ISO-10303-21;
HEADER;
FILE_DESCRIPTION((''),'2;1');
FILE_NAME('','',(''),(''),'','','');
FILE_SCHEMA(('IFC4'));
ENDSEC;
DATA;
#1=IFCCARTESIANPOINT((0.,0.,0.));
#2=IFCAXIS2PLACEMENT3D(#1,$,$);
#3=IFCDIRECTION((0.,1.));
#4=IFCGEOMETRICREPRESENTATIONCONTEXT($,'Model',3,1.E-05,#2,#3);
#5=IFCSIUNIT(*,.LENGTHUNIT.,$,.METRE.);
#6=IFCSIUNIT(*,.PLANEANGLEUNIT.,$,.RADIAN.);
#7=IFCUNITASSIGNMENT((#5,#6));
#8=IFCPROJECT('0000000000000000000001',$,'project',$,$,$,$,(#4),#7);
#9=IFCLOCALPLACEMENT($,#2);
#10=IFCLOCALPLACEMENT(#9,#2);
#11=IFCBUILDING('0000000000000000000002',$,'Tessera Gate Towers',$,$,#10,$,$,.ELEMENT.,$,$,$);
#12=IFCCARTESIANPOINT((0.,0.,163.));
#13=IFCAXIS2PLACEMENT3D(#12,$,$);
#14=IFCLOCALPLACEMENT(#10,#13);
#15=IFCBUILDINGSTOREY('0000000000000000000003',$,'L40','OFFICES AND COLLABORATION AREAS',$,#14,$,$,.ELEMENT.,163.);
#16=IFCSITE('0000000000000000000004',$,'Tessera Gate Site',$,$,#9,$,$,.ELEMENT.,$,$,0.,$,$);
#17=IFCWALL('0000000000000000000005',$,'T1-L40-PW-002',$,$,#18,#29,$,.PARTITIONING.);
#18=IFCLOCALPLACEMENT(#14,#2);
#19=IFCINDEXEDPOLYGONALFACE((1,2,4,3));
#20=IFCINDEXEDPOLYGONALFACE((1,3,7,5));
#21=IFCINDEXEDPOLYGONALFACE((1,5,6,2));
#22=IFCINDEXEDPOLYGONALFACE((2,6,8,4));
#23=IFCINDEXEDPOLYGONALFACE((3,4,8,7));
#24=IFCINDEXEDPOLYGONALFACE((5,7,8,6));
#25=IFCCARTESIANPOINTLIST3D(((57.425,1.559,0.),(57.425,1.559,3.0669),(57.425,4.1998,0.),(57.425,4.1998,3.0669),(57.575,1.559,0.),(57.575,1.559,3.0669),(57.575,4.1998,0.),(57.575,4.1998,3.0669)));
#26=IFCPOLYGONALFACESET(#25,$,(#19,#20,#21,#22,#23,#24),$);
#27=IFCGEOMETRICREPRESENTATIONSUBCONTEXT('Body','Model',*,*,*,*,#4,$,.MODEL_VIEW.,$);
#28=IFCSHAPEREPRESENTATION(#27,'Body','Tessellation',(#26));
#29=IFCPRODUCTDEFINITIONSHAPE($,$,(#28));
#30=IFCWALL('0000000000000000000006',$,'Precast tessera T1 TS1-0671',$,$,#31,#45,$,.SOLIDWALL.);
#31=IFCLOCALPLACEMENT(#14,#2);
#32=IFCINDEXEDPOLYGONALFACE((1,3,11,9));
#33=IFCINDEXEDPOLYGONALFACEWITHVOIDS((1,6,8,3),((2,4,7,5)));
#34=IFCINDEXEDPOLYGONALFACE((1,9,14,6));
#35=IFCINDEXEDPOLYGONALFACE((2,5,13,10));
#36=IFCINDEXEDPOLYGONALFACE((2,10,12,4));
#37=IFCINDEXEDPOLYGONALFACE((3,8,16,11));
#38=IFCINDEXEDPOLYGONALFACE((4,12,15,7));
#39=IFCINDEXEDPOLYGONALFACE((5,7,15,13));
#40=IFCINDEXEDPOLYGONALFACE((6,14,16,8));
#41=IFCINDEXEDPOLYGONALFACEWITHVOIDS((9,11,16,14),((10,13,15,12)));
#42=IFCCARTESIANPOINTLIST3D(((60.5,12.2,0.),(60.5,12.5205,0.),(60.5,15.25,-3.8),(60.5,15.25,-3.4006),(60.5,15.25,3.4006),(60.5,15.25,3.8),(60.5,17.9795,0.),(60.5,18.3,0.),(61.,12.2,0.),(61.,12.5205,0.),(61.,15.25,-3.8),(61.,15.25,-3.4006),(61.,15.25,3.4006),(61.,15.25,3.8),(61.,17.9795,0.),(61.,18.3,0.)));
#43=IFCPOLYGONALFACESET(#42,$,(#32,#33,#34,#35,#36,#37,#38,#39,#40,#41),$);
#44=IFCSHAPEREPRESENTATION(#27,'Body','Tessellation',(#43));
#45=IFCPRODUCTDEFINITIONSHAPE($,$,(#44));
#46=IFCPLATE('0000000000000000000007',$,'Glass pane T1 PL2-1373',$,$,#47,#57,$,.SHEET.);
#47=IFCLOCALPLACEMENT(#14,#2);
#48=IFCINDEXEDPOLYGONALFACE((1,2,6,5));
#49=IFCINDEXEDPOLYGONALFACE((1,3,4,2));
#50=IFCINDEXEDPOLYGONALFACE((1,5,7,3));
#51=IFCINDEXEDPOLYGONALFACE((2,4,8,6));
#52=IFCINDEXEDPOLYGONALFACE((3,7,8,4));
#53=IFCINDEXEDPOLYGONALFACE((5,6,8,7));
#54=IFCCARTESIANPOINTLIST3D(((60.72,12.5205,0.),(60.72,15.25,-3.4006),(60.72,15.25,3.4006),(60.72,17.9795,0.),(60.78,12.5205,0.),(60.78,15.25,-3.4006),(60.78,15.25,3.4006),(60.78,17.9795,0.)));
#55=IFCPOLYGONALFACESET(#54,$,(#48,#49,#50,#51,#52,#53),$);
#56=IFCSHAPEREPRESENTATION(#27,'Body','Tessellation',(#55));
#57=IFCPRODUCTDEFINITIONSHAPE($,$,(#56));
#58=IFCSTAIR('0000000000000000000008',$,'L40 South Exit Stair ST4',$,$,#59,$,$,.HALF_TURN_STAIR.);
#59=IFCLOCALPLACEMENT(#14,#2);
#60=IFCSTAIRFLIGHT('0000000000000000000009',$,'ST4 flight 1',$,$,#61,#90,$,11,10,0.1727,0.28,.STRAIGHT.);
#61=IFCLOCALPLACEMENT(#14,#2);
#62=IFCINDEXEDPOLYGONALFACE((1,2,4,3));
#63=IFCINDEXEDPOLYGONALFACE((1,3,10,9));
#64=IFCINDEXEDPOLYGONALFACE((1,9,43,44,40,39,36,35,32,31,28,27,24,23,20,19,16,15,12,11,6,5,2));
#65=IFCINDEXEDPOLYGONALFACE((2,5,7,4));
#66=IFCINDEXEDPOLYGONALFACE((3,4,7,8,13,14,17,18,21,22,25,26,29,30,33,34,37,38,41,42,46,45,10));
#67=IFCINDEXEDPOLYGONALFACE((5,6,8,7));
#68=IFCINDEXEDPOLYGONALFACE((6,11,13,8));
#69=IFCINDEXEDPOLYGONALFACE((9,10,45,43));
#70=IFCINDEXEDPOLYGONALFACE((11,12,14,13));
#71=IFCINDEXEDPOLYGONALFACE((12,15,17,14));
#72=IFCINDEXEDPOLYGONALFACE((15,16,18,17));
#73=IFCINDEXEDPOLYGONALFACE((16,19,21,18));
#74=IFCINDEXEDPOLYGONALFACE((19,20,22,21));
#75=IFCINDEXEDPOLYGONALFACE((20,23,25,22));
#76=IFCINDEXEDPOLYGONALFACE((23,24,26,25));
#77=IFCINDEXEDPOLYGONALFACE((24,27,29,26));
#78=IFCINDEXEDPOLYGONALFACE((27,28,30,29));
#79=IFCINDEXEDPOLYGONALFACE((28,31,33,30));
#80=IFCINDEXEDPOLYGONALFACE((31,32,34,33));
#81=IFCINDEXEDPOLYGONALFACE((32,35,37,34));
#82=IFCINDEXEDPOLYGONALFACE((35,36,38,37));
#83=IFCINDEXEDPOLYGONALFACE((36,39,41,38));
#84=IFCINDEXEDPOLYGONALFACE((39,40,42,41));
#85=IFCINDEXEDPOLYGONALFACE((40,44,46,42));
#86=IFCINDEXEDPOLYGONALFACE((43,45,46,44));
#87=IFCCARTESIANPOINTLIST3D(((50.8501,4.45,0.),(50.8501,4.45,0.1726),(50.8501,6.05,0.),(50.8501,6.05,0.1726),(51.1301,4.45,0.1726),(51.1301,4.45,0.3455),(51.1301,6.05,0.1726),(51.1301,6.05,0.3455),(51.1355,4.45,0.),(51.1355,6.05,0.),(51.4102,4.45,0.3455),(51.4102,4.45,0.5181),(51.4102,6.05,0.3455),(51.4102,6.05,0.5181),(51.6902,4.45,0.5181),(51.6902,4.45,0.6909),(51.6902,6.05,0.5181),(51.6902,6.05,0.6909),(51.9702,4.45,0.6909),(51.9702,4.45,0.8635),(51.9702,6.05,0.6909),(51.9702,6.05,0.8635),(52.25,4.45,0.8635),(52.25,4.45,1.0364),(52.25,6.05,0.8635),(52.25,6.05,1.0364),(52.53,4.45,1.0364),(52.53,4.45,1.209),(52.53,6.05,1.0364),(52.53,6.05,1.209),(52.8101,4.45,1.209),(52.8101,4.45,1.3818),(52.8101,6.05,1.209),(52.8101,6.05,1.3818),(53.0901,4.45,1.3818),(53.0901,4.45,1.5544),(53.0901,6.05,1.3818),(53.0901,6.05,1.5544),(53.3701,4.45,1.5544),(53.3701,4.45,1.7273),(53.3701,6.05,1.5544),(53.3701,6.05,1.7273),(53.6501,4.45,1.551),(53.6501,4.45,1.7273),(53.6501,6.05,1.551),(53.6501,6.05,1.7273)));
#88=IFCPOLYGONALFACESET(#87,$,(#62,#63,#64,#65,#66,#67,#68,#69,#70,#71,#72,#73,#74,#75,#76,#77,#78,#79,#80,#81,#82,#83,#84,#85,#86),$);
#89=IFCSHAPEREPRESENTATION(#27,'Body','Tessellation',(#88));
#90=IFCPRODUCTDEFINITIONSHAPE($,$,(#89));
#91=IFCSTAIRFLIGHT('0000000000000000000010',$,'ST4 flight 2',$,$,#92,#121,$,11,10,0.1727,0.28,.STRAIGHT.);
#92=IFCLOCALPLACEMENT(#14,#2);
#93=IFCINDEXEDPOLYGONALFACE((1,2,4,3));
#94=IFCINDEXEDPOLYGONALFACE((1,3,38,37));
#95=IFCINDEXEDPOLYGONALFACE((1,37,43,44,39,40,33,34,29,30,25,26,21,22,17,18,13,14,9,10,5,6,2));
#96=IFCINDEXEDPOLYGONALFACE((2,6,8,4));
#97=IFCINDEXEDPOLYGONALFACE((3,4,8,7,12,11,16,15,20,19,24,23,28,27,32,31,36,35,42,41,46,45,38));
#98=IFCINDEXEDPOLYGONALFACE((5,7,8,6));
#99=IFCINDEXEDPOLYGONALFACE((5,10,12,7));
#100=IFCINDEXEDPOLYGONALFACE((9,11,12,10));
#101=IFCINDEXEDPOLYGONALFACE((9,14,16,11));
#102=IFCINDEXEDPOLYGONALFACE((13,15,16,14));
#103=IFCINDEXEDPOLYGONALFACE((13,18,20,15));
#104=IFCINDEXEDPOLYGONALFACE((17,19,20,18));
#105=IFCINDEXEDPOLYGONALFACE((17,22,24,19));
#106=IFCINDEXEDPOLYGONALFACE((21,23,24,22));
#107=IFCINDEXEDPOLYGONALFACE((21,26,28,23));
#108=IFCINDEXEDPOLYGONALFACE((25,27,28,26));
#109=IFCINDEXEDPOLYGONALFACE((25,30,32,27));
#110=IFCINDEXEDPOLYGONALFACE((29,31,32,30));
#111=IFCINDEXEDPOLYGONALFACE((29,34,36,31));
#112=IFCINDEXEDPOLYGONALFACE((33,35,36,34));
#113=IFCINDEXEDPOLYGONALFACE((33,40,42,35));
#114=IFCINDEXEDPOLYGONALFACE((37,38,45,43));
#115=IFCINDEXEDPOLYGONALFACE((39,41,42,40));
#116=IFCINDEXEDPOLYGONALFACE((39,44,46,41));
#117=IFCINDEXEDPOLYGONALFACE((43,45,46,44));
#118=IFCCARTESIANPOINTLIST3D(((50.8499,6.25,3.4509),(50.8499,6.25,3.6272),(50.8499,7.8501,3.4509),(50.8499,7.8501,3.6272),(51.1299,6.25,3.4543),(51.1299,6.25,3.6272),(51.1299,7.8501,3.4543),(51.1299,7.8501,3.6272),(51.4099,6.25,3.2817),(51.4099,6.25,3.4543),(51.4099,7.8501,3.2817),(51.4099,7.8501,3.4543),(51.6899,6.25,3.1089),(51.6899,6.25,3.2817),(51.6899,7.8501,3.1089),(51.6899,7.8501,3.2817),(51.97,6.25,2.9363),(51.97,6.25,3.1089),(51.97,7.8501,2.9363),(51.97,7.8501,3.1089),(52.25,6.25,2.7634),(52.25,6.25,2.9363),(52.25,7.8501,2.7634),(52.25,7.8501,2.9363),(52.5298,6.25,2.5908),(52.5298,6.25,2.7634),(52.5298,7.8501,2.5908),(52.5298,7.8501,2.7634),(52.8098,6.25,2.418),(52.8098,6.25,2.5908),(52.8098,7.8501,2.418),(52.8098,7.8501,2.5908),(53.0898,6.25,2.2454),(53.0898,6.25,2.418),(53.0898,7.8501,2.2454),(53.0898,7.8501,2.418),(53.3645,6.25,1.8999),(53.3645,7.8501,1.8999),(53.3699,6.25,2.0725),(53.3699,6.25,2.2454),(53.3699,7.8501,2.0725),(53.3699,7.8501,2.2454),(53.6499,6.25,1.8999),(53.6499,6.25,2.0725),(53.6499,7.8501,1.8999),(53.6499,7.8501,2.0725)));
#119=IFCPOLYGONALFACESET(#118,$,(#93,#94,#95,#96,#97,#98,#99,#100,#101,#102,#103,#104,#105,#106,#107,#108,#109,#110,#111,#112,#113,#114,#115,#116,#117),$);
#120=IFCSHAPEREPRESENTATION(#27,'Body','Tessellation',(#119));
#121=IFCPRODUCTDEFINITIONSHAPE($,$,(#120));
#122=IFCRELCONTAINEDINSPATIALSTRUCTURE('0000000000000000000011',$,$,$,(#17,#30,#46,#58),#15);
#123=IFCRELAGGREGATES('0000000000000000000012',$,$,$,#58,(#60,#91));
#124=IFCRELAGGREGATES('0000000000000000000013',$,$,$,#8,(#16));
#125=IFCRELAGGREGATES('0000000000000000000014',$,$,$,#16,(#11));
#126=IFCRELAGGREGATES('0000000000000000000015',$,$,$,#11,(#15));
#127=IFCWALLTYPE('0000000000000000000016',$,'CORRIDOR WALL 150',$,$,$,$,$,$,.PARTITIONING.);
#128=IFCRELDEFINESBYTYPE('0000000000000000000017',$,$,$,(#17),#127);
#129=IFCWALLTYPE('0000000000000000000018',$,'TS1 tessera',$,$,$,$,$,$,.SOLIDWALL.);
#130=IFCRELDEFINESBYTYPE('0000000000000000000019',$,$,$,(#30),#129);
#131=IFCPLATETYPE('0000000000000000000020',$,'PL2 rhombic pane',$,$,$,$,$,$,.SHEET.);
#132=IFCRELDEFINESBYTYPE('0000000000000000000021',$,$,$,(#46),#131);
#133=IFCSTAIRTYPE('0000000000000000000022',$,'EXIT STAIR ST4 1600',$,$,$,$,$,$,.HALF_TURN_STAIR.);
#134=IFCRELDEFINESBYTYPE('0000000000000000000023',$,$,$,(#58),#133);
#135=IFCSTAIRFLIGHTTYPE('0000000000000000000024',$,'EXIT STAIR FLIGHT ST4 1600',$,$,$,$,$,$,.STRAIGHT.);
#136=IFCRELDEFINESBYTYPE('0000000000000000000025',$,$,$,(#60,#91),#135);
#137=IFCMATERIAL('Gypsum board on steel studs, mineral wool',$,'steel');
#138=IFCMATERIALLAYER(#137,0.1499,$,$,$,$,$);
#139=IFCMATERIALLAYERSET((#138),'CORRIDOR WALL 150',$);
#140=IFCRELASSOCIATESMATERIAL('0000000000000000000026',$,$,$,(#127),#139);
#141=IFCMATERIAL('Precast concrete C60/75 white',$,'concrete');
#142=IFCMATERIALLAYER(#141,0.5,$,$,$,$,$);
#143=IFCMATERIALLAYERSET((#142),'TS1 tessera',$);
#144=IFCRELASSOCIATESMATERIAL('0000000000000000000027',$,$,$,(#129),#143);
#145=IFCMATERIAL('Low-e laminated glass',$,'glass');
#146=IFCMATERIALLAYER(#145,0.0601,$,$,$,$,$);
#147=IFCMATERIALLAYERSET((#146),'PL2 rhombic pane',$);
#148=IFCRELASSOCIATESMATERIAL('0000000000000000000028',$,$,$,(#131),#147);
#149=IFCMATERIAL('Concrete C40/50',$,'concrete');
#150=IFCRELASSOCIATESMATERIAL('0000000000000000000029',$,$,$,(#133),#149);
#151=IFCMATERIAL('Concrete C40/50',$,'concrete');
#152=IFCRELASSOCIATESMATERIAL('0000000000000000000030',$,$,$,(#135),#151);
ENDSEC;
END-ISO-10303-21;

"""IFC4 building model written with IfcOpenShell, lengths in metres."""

from ifc_helpers import new_model, si_unit, direction, frame, frame_2d, origin, place, context, subcontext, project, spatial, polyline, rectangle, outline, extrude, source, transform, mapped, material, layer, layer_set, type_object, element, fill, aggregate, save


model = new_model("IFC4")

# Units and contexts
model_context = context("Model", 3, precision=1e-05, world=origin(), true_north=direction((0.0, 1.0)))
body_context = subcontext(model_context, "Body", "Model", "MODEL_VIEW")
ifc_project = project(units=[si_unit("LENGTHUNIT", "METRE"), si_unit("PLANEANGLEUNIT", "RADIAN")], contexts=[model_context])

# Site, building, storey
site_placement = place(None, origin())
site = spatial("IfcSite", under=ifc_project, at=site_placement, Name="Tessera Gate Site", CompositionType="ELEMENT", RefElevation=0.0)
building_placement = place(site_placement, origin())
building = spatial("IfcBuilding", under=site, at=building_placement, Name="Tessera Gate Towers", CompositionType="ELEMENT")
storey_placement = place(building_placement, frame((0.0, 0.0, 163.0)))
storey = spatial("IfcBuildingStorey", under=building, at=storey_placement, Name="L40", Description="OFFICES AND COLLABORATION AREAS", CompositionType="ELEMENT", Elevation=163.0)

# Wall
ifc_material_1 = material(Name="Gypsum board on steel studs, mineral wool", Category="steel")
ifc_layer_1 = layer(ifc_material_1, 0.1499)
ifc_layer_set_1 = layer_set([ifc_layer_1], Name="CORRIDOR WALL 150")
wall_type_1 = type_object("IfcWallType", Name="CORRIDOR WALL 150", PredefinedType="PARTITIONING", material=ifc_layer_set_1)
wall_1_placement = place(storey_placement, frame((57.5, 1.5591, 0.0), z_axis=(0.0, 0.0, 1.0), x_axis=(0.0, 1.0, 0.0)))
element("IfcWall", 1, at=wall_1_placement, inside=storey, type_object=wall_type_1, Name="T1-L40-PW-002", PredefinedType="PARTITIONING", context=body_context, shape_type="SweptSolid", body=[
    extrude(rectangle(XDim=2.6409, YDim=0.1499, at=frame_2d((1.3203, 0.0))), origin(), (0.0, 0.0, 1.0), 3.0669),
])

# Wall, opening, plate
ifc_material_2 = material(Name="Precast concrete C60/75 white", Category="concrete")
ifc_layer_2 = layer(ifc_material_2, 0.5)
ifc_layer_set_2 = layer_set([ifc_layer_2], Name="TS1 tessera")
wall_type_2 = type_object("IfcWallType", Name="TS1 tessera", PredefinedType="SOLIDWALL", material=ifc_layer_set_2)
shared_shape_1 = source(origin(), body_context, "Body", "SweptSolid", [
    extrude(outline(polyline([(3.05, 0.0), (6.1001, 3.8), (3.05, 7.6001), (0.0, 3.8), (3.05, 0.0)])), frame((0.0, 0.25, 0.0), z_axis=(0.0, -1.0, 0.0), x_axis=(1.0, 0.0, 0.0)), (0.0, 0.0, 1.0), 0.5),
])
wall_2_placement = place(storey_placement, frame((60.75, 12.2, -3.8), z_axis=(0.0, 0.0, 1.0), x_axis=(0.0, 1.0, 0.0)))
wall_2 = element("IfcWall", 2, at=wall_2_placement, inside=storey, type_object=wall_type_2, Name="Precast tessera T1 TS1-0671", PredefinedType="SOLIDWALL", context=body_context, shape_type="MappedRepresentation", body=[
    mapped(shared_shape_1, transform((0.0, 0.0, 0.0), scale=1.0)),
])
shared_shape_2 = source(origin(), body_context, "Body", "SweptSolid", [
    extrude(outline(polyline([(3.05, 0.3994), (5.7795, 3.8), (3.05, 7.2007), (0.3206, 3.8), (3.05, 0.3994)])), frame((0.0, 0.26, 0.0), z_axis=(0.0, -1.0, 0.0), x_axis=(1.0, 0.0, 0.0)), (0.0, 0.0, 1.0), 0.52),
])
opening_1_placement = place(wall_2_placement, origin())
opening_1 = element("IfcOpeningElement", 3, at=opening_1_placement, cuts=wall_2, PredefinedType="OPENING", context=body_context, shape_type="MappedRepresentation", body=[
    mapped(shared_shape_2, transform((0.0, 0.0, 0.0), scale=1.0)),
])
ifc_material_3 = material(Name="Low-e laminated glass", Category="glass")
ifc_layer_3 = layer(ifc_material_3, 0.0601)
ifc_layer_set_3 = layer_set([ifc_layer_3], Name="PL2 rhombic pane")
plate_type = type_object("IfcPlateType", Name="PL2 rhombic pane", PredefinedType="SHEET", material=ifc_layer_set_3)
shared_shape_3 = source(origin(), body_context, "Body", "SweptSolid", [
    extrude(outline(polyline([(3.05, 0.3994), (5.7795, 3.8), (3.05, 7.2007), (0.3206, 3.8), (3.05, 0.3994)])), frame((0.0, 0.03, 0.0), z_axis=(0.0, -1.0, 0.0), x_axis=(1.0, 0.0, 0.0)), (0.0, 0.0, 1.0), 0.0601),
])
plate_placement = place(opening_1_placement, origin())
plate = element("IfcPlate", 4, at=plate_placement, inside=storey, type_object=plate_type, Name="Glass pane T1 PL2-1373", PredefinedType="SHEET", context=body_context, shape_type="MappedRepresentation", body=[
    mapped(shared_shape_3, transform((0.0, 0.0, 0.0), scale=1.0)),
])
fill(opening_1, plate)

# Stair, stair flights
ifc_material_4 = material(Name="Concrete C40/50", Category="concrete")
stair_type = type_object("IfcStairType", Name="EXIT STAIR ST4 1600", PredefinedType="HALF_TURN_STAIR", material=ifc_material_4)
stair_placement = place(storey_placement, origin())
stair = element("IfcStair", 5, at=stair_placement, inside=storey, type_object=stair_type, Name="L40 South Exit Stair ST4", PredefinedType="HALF_TURN_STAIR")
ifc_material_5 = material(Name="Concrete C40/50", Category="concrete")
stair_flight_type = type_object("IfcStairFlightType", Name="EXIT STAIR FLIGHT ST4 1600", PredefinedType="STRAIGHT", material=ifc_material_5)
stair_flight_1_placement = place(storey_placement, frame((50.8501, 5.25, 0.0), z_axis=(0.0, 0.0, 1.0), x_axis=(1.0, 0.0, 0.0)))
stair_flight_1 = element("IfcStairFlight", 6, at=stair_flight_1_placement, type_object=stair_flight_type, Name="ST4 flight 1", NumberOfRisers=11, NumberOfTreads=10, PredefinedType="STRAIGHT", RiserHeight=0.1727, TreadLength=0.28, context=body_context, shape_type="SweptSolid", body=[
    extrude(outline(polyline([(0.0, 0.0), (0.0, 0.1726), (0.28, 0.1726), (0.28, 0.3455), (0.5601, 0.3455), (0.5601, 0.5181), (0.8401, 0.5181), (0.8401, 0.6909), (1.1201, 0.6909), (1.1201, 0.8635), (1.3999, 0.8635), (1.3999, 1.0364), (1.6799, 1.0364), (1.6799, 1.209), (1.96, 1.209), (1.96, 1.3818), (2.24, 1.3818), (2.24, 1.5544), (2.52, 1.5544), (2.52, 1.7273), (2.8, 1.7273), (2.8, 1.8999), (2.8, 1.551), (0.2854, 0.0), (0.0, 0.0)])), frame((0.0, 0.8, 0.0), z_axis=(0.0, -1.0, 0.0), x_axis=(1.0, 0.0, 0.0)), (0.0, 0.0, 1.0), 1.6001),
])
stair_flight_2_placement = place(storey_placement, frame((53.6499, 7.05, 1.8999), z_axis=(0.0, 0.0, 1.0), x_axis=(-1.0, 0.0, 0.0)))
stair_flight_2 = element("IfcStairFlight", 7, at=stair_flight_2_placement, type_object=stair_flight_type, Name="ST4 flight 2", NumberOfRisers=11, NumberOfTreads=10, PredefinedType="STRAIGHT", RiserHeight=0.1727, TreadLength=0.28, context=body_context, shape_type="SweptSolid", body=[
    extrude(outline(polyline([(0.0, 0.0), (0.0, 0.1726), (0.28, 0.1726), (0.28, 0.3455), (0.5601, 0.3455), (0.5601, 0.5181), (0.8401, 0.5181), (0.8401, 0.6909), (1.1201, 0.6909), (1.1201, 0.8635), (1.3999, 0.8635), (1.3999, 1.0364), (1.6799, 1.0364), (1.6799, 1.209), (1.96, 1.209), (1.96, 1.3818), (2.24, 1.3818), (2.24, 1.5544), (2.52, 1.5544), (2.52, 1.7273), (2.8, 1.7273), (2.8, 1.8999), (2.8, 1.551), (0.2854, 0.0), (0.0, 0.0)])), frame((0.0, 0.8, 0.0), z_axis=(0.0, -1.0, 0.0), x_axis=(1.0, 0.0, 0.0)), (0.0, 0.0, 1.0), 1.6001),
])
aggregate(stair, [stair_flight_1, stair_flight_2])

save(model, "model.ifc")
